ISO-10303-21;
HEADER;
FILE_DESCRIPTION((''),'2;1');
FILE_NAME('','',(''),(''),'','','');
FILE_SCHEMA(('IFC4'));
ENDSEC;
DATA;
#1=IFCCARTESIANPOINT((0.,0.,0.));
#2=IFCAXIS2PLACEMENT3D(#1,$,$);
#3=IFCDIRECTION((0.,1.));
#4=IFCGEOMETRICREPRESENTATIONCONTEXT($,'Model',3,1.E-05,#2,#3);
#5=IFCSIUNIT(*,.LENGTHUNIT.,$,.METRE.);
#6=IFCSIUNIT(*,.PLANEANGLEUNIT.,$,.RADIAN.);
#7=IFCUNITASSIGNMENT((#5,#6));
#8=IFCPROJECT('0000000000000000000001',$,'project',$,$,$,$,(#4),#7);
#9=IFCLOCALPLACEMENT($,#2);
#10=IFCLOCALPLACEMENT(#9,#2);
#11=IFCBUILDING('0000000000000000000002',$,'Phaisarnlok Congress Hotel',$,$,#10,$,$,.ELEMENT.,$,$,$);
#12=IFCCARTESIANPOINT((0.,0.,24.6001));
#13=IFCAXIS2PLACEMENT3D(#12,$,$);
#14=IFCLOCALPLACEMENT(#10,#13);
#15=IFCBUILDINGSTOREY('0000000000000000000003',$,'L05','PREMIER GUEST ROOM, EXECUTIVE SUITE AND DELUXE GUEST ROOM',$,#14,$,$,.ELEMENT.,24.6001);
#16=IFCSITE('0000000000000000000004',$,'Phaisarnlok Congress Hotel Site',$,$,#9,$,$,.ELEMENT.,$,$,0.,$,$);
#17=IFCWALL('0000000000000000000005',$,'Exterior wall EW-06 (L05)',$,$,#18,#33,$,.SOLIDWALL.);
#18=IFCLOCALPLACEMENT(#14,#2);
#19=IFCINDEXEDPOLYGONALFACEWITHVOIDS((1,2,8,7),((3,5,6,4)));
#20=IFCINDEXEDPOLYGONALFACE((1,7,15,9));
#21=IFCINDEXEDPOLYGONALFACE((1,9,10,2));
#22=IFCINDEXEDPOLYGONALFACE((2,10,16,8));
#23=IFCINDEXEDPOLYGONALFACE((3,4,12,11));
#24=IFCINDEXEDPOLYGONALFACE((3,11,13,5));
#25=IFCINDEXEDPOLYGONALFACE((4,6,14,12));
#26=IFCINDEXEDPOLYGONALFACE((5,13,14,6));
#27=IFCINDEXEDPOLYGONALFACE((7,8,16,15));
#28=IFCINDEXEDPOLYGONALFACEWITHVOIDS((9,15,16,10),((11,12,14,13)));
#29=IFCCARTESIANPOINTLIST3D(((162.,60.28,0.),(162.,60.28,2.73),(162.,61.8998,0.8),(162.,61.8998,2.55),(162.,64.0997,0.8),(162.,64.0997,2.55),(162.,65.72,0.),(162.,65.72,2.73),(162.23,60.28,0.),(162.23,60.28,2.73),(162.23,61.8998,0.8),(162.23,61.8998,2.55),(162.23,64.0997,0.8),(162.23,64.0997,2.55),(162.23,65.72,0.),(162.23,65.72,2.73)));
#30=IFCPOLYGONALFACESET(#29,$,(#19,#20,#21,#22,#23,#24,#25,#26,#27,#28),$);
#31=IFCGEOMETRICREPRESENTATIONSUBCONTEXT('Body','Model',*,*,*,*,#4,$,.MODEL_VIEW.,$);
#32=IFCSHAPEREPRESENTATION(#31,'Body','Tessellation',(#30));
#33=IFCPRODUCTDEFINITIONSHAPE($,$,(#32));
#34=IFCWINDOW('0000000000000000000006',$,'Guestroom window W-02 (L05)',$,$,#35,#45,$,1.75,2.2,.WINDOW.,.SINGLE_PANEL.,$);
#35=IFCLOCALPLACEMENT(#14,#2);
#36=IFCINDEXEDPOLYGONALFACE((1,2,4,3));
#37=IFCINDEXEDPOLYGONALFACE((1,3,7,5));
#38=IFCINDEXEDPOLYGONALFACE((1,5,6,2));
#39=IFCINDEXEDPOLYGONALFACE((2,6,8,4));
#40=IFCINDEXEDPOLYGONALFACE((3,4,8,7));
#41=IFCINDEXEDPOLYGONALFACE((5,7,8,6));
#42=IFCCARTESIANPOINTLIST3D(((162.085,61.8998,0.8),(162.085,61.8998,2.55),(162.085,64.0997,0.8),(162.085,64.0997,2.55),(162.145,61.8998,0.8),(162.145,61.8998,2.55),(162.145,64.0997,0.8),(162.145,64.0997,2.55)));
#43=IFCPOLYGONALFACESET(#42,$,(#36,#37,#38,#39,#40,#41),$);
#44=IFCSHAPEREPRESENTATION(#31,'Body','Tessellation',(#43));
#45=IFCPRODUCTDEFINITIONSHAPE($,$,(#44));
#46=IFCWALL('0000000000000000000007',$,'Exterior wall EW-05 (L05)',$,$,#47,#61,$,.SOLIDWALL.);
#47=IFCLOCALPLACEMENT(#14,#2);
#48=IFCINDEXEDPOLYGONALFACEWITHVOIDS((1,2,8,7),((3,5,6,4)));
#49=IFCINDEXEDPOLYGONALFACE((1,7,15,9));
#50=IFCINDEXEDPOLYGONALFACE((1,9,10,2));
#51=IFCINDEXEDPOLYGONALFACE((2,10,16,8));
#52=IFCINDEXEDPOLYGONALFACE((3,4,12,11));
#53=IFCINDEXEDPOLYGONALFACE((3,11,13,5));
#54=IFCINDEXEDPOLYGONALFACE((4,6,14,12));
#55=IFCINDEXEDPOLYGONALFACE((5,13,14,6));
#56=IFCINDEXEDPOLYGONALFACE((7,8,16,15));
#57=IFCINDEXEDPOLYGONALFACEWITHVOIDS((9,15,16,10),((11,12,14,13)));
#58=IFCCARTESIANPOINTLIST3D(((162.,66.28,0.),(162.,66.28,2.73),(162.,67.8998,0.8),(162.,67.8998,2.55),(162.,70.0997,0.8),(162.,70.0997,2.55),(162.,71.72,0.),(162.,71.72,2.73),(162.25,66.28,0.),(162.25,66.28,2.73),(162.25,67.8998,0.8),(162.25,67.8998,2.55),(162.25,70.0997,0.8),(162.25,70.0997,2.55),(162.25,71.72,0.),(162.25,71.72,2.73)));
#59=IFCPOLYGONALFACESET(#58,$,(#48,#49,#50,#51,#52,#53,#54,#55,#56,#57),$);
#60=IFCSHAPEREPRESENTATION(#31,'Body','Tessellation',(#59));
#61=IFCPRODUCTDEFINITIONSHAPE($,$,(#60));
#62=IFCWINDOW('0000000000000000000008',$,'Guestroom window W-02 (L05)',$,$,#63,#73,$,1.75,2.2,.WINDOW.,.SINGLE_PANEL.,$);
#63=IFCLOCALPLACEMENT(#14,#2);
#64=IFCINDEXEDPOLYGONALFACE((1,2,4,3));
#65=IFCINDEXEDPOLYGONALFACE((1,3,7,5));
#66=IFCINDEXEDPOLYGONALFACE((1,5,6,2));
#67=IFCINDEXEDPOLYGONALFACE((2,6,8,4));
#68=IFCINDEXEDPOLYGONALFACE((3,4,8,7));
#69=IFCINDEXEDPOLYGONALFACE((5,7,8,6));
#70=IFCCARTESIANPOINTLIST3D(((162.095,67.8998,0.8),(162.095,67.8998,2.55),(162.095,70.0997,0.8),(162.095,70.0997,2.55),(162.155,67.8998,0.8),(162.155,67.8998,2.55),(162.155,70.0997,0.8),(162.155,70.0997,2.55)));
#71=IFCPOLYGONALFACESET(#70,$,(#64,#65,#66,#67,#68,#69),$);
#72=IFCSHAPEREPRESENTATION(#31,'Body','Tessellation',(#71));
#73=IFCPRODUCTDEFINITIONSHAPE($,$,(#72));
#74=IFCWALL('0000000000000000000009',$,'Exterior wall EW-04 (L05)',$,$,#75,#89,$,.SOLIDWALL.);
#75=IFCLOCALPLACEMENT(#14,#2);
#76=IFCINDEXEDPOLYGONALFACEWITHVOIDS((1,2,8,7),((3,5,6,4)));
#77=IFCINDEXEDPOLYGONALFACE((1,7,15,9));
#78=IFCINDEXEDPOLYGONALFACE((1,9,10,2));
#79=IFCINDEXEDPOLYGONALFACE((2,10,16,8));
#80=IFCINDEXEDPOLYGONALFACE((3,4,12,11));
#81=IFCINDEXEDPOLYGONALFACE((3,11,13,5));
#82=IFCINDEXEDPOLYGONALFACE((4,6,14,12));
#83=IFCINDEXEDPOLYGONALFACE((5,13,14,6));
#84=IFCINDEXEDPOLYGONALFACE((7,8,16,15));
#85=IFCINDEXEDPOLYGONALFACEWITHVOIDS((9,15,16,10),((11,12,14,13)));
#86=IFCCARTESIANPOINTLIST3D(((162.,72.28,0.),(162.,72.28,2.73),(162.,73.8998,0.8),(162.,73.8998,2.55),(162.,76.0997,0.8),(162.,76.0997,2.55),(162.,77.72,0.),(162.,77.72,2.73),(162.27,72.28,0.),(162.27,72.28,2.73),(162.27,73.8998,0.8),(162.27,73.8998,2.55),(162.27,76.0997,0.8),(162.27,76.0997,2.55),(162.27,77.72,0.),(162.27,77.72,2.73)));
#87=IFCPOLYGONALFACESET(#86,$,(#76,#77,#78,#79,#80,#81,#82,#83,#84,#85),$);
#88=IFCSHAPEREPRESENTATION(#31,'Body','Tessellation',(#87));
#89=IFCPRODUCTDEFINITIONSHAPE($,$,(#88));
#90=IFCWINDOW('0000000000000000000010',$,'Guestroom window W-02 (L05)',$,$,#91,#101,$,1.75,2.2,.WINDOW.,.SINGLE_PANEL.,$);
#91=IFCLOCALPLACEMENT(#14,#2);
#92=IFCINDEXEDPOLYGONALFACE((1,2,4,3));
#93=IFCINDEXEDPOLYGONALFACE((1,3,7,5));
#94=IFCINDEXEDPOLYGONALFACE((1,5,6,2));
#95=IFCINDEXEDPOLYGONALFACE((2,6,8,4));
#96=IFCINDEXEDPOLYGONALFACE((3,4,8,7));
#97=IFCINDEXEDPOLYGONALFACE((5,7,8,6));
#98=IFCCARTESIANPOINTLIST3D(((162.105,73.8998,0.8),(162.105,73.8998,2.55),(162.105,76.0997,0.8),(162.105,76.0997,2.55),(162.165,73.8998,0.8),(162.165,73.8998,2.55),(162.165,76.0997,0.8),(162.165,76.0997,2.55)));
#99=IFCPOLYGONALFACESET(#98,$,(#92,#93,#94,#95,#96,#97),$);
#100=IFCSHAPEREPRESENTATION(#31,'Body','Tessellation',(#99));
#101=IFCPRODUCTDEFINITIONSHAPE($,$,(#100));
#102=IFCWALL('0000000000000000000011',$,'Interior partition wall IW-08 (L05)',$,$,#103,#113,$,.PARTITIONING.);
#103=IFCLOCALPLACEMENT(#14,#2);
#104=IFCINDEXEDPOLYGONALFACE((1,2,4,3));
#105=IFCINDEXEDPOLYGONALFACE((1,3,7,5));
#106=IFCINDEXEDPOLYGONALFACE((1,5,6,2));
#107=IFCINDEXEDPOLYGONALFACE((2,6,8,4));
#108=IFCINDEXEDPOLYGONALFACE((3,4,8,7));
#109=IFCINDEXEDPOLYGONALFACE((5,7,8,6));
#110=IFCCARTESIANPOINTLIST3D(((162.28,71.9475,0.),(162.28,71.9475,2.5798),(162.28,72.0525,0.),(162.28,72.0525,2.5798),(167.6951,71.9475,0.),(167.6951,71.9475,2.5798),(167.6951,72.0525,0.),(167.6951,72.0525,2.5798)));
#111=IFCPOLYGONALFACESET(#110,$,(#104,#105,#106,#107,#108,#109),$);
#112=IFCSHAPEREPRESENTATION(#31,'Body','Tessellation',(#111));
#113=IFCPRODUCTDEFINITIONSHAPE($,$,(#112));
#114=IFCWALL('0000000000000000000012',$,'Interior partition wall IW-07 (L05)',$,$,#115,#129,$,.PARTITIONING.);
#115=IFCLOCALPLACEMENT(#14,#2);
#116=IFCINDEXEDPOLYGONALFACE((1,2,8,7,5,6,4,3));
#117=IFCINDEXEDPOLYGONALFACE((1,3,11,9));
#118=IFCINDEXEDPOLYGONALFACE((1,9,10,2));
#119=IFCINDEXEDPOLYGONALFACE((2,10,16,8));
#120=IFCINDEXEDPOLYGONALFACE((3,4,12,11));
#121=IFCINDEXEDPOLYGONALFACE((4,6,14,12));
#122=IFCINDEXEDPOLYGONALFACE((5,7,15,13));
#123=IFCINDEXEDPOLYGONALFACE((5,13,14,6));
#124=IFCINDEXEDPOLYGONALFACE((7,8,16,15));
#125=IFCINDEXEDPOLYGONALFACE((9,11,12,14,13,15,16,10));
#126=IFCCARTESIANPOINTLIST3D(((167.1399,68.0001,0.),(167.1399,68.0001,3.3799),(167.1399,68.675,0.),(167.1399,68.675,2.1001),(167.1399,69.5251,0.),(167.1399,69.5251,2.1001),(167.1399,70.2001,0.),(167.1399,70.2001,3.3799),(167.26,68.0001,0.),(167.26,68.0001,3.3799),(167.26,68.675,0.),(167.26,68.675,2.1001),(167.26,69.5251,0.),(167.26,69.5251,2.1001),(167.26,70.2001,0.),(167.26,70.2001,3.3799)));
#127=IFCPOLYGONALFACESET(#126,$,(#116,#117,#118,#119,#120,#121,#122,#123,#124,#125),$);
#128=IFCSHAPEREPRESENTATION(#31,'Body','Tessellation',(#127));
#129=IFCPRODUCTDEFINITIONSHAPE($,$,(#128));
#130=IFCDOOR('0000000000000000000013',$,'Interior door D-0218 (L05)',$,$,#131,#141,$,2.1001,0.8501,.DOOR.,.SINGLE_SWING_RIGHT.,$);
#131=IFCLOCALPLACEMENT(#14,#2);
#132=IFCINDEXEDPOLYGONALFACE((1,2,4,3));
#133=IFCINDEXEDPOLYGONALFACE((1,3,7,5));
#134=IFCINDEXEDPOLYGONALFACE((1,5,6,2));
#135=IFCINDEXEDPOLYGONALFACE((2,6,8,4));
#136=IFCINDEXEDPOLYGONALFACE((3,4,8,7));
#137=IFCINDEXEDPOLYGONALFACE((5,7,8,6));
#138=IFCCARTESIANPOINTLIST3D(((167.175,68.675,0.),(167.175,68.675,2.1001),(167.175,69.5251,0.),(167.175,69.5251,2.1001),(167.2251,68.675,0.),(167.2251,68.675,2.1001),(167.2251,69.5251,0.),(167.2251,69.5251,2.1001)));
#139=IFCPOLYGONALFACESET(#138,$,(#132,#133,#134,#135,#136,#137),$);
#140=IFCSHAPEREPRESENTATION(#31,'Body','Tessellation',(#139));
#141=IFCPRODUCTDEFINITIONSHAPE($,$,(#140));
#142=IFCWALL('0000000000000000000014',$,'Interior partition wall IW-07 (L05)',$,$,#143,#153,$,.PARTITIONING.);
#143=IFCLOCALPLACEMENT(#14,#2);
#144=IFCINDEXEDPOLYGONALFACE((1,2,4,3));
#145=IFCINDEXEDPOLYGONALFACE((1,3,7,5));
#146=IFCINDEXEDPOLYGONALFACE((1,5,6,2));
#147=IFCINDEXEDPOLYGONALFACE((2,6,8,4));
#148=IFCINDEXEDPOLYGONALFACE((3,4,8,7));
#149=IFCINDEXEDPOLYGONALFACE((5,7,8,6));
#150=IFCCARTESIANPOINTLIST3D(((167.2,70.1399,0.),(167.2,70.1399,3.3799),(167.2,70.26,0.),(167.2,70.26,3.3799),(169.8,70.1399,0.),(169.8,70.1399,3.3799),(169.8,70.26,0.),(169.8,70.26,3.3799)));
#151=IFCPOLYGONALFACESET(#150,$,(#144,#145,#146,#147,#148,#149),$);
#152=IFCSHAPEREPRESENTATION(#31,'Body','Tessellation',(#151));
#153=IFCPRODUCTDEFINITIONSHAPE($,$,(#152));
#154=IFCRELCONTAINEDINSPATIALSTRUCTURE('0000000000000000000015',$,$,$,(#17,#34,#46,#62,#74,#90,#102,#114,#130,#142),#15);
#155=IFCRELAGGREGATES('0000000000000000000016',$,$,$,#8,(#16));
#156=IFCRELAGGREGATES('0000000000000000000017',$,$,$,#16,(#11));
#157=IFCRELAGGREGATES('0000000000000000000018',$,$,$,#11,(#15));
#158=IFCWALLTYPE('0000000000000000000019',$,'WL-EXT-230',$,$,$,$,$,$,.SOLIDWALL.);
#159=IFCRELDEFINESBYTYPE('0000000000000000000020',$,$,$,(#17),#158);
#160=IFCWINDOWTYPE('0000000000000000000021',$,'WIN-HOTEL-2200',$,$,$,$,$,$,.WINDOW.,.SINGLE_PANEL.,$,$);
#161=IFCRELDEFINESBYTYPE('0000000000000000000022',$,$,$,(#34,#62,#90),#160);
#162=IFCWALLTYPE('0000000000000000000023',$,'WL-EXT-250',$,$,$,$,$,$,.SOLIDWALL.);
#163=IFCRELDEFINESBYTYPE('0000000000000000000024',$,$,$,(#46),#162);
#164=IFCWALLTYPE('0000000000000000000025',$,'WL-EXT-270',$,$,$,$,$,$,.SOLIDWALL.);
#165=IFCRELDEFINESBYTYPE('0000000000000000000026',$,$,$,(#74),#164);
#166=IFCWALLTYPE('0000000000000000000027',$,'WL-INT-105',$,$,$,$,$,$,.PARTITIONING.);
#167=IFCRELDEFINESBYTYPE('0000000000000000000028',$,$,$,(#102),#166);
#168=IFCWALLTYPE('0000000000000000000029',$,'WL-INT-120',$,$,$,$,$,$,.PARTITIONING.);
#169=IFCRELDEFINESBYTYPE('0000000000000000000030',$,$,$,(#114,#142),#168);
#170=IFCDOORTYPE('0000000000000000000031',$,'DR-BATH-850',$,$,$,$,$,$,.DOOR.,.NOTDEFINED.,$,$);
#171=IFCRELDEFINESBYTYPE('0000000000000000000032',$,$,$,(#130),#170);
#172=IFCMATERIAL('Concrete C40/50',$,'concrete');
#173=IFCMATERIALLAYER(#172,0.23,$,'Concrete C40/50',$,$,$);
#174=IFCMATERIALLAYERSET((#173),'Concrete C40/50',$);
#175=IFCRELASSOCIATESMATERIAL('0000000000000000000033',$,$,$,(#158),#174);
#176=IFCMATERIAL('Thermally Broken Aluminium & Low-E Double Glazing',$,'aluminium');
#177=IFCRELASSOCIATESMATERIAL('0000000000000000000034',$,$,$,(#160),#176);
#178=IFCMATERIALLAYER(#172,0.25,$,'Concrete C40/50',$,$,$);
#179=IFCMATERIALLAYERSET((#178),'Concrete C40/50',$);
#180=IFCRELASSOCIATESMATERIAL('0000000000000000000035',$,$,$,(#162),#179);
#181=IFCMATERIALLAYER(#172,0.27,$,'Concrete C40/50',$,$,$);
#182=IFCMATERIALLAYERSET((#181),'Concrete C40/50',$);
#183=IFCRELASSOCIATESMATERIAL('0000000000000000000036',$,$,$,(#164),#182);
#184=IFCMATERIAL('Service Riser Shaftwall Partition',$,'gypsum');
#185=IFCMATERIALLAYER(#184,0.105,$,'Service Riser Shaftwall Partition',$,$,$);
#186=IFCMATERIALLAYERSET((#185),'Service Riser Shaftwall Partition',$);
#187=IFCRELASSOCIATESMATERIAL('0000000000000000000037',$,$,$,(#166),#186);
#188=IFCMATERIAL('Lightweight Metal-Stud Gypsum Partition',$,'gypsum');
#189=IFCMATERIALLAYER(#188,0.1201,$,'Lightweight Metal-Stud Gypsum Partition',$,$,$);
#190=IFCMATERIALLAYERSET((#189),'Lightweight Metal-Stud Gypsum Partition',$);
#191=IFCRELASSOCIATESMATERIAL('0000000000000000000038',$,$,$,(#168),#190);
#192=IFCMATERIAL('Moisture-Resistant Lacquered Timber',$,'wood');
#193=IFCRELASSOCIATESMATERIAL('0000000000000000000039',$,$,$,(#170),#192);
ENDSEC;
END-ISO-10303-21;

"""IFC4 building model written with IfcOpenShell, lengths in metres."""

from ifc_helpers import new_model, si_unit, direction, frame, frame_2d, origin, place, context, subcontext, project, spatial, rectangle, extrude, material, layer, layer_set, type_object, element, fill, save


model = new_model("IFC4")

# Units and contexts
model_context = context("Model", 3, precision=1e-05, world=origin(), true_north=direction((0.0, 1.0)))
body_context = subcontext(model_context, "Body", "Model", "MODEL_VIEW")
ifc_project = project(units=[si_unit("LENGTHUNIT", "METRE"), si_unit("PLANEANGLEUNIT", "RADIAN")], contexts=[model_context])

# Site, building, storey
site_placement = place(None, origin())
site = spatial("IfcSite", under=ifc_project, at=site_placement, Name="Phaisarnlok Congress Hotel Site", CompositionType="ELEMENT", RefElevation=0.0)
building_placement = place(site_placement, origin())
building = spatial("IfcBuilding", under=site, at=building_placement, Name="Phaisarnlok Congress Hotel", CompositionType="ELEMENT")
storey_placement = place(building_placement, frame((0.0, 0.0, 24.6001)))
storey = spatial("IfcBuildingStorey", under=building, at=storey_placement, Name="L05", Description="PREMIER GUEST ROOM, EXECUTIVE SUITE AND DELUXE GUEST ROOM", CompositionType="ELEMENT", Elevation=24.6001)

# Shared definitions
ifc_material_1 = material(Name="Concrete C40/50", Category="concrete")

# Walls, openings, windows
ifc_layer_1 = layer(ifc_material_1, 0.23, Name="Concrete C40/50")
ifc_layer_set_1 = layer_set([ifc_layer_1], Name="Concrete C40/50")
wall_type_1 = type_object("IfcWallType", Name="WL-EXT-230", PredefinedType="SOLIDWALL", material=ifc_layer_set_1)
wall_1_placement = place(storey_placement, frame((162.115, 65.72, 0.0), z_axis=(0.0, 0.0, 1.0), x_axis=(0.0, -1.0, 0.0)))
wall_1 = element("IfcWall", 1, at=wall_1_placement, inside=storey, type_object=wall_type_1, Name="Exterior wall EW-06 (L05)", PredefinedType="SOLIDWALL", context=body_context, shape_type="SweptSolid", body=[
    extrude(rectangle(XDim=5.4399, YDim=0.23, at=frame_2d((2.72, 0.0))), origin(), (0.0, 0.0, 1.0), 2.73),
])
opening_1_placement = place(wall_1_placement, frame((1.6201, 0.0, 0.8)))
opening_1 = element("IfcOpeningElement", 2, at=opening_1_placement, cuts=wall_1, PredefinedType="OPENING", context=body_context, shape_type="SweptSolid", body=[
    extrude(rectangle(XDim=2.2, YDim=1.75, at=frame_2d((1.1001, 0.875))), frame((0.0, 0.125, 0.0), z_axis=(0.0, -1.0, 0.0), x_axis=(1.0, 0.0, 0.0)), (0.0, 0.0, 1.0), 0.25),
])
ifc_material_2 = material(Name="Thermally Broken Aluminium & Low-E Double Glazing", Category="aluminium")
window_type = type_object("IfcWindowType", Name="WIN-HOTEL-2200", PartitioningType="SINGLE_PANEL", PredefinedType="WINDOW", material=ifc_material_2)
window_1_placement = place(opening_1_placement, origin())
window_1 = element("IfcWindow", 3, at=window_1_placement, inside=storey, type_object=window_type, Name="Guestroom window W-02 (L05)", OverallHeight=1.75, OverallWidth=2.2, PartitioningType="SINGLE_PANEL", PredefinedType="WINDOW", context=body_context, shape_type="SweptSolid", body=[
    extrude(rectangle(XDim=2.2, YDim=1.75, at=frame_2d((1.1001, 0.875))), frame((0.0, 0.03, 0.0), z_axis=(0.0, -1.0, 0.0), x_axis=(1.0, 0.0, 0.0)), (0.0, 0.0, 1.0), 0.0601),
])
fill(opening_1, window_1)
ifc_layer_2 = layer(ifc_material_1, 0.25, Name="Concrete C40/50")
ifc_layer_set_2 = layer_set([ifc_layer_2], Name="Concrete C40/50")
wall_type_2 = type_object("IfcWallType", Name="WL-EXT-250", PredefinedType="SOLIDWALL", material=ifc_layer_set_2)
wall_2_placement = place(storey_placement, frame((162.125, 71.72, 0.0), z_axis=(0.0, 0.0, 1.0), x_axis=(0.0, -1.0, 0.0)))
wall_2 = element("IfcWall", 4, at=wall_2_placement, inside=storey, type_object=wall_type_2, Name="Exterior wall EW-05 (L05)", PredefinedType="SOLIDWALL", context=body_context, shape_type="SweptSolid", body=[
    extrude(rectangle(XDim=5.4399, YDim=0.25, at=frame_2d((2.72, 0.0))), origin(), (0.0, 0.0, 1.0), 2.73),
])
opening_2_placement = place(wall_2_placement, frame((1.6201, 0.0, 0.8)))
opening_2 = element("IfcOpeningElement", 5, at=opening_2_placement, cuts=wall_2, PredefinedType="OPENING", context=body_context, shape_type="SweptSolid", body=[
    extrude(rectangle(XDim=2.2, YDim=1.75, at=frame_2d((1.1001, 0.875))), frame((0.0, 0.135, 0.0), z_axis=(0.0, -1.0, 0.0), x_axis=(1.0, 0.0, 0.0)), (0.0, 0.0, 1.0), 0.27),
])
window_2_placement = place(opening_2_placement, origin())
window_2 = element("IfcWindow", 6, at=window_2_placement, inside=storey, type_object=window_type, Name="Guestroom window W-02 (L05)", OverallHeight=1.75, OverallWidth=2.2, PartitioningType="SINGLE_PANEL", PredefinedType="WINDOW", context=body_context, shape_type="SweptSolid", body=[
    extrude(rectangle(XDim=2.2, YDim=1.75, at=frame_2d((1.1001, 0.875))), frame((0.0, 0.03, 0.0), z_axis=(0.0, -1.0, 0.0), x_axis=(1.0, 0.0, 0.0)), (0.0, 0.0, 1.0), 0.0601),
])
fill(opening_2, window_2)
ifc_layer_3 = layer(ifc_material_1, 0.27, Name="Concrete C40/50")
ifc_layer_set_3 = layer_set([ifc_layer_3], Name="Concrete C40/50")
wall_type_3 = type_object("IfcWallType", Name="WL-EXT-270", PredefinedType="SOLIDWALL", material=ifc_layer_set_3)
wall_3_placement = place(storey_placement, frame((162.135, 77.72, 0.0), z_axis=(0.0, 0.0, 1.0), x_axis=(0.0, -1.0, 0.0)))
wall_3 = element("IfcWall", 7, at=wall_3_placement, inside=storey, type_object=wall_type_3, Name="Exterior wall EW-04 (L05)", PredefinedType="SOLIDWALL", context=body_context, shape_type="SweptSolid", body=[
    extrude(rectangle(XDim=5.4399, YDim=0.27, at=frame_2d((2.72, 0.0))), origin(), (0.0, 0.0, 1.0), 2.73),
])
opening_3_placement = place(wall_3_placement, frame((1.6201, 0.0, 0.8)))
opening_3 = element("IfcOpeningElement", 8, at=opening_3_placement, cuts=wall_3, PredefinedType="OPENING", context=body_context, shape_type="SweptSolid", body=[
    extrude(rectangle(XDim=2.2, YDim=1.75, at=frame_2d((1.1001, 0.875))), frame((0.0, 0.145, 0.0), z_axis=(0.0, -1.0, 0.0), x_axis=(1.0, 0.0, 0.0)), (0.0, 0.0, 1.0), 0.29),
])
window_3_placement = place(opening_3_placement, origin())
window_3 = element("IfcWindow", 9, at=window_3_placement, inside=storey, type_object=window_type, Name="Guestroom window W-02 (L05)", OverallHeight=1.75, OverallWidth=2.2, PartitioningType="SINGLE_PANEL", PredefinedType="WINDOW", context=body_context, shape_type="SweptSolid", body=[
    extrude(rectangle(XDim=2.2, YDim=1.75, at=frame_2d((1.1001, 0.875))), frame((0.0, 0.03, 0.0), z_axis=(0.0, -1.0, 0.0), x_axis=(1.0, 0.0, 0.0)), (0.0, 0.0, 1.0), 0.0601),
])
fill(opening_3, window_3)

# Wall
ifc_material_3 = material(Name="Service Riser Shaftwall Partition", Category="gypsum")
ifc_layer_4 = layer(ifc_material_3, 0.105, Name="Service Riser Shaftwall Partition")
ifc_layer_set_4 = layer_set([ifc_layer_4], Name="Service Riser Shaftwall Partition")
wall_type_4 = type_object("IfcWallType", Name="WL-INT-105", PredefinedType="PARTITIONING", material=ifc_layer_set_4)
wall_4_placement = place(storey_placement, frame((162.28, 72.0, 0.0), z_axis=(0.0, 0.0, 1.0), x_axis=(1.0, 0.0, 0.0)))
element("IfcWall", 10, at=wall_4_placement, inside=storey, type_object=wall_type_4, Name="Interior partition wall IW-08 (L05)", PredefinedType="PARTITIONING", context=body_context, shape_type="SweptSolid", body=[
    extrude(rectangle(XDim=5.415, YDim=0.105, at=frame_2d((2.7075, 0.0))), origin(), (0.0, 0.0, 1.0), 2.5798),
])

# Wall, opening, door
ifc_material_4 = material(Name="Lightweight Metal-Stud Gypsum Partition", Category="gypsum")
ifc_layer_5 = layer(ifc_material_4, 0.1201, Name="Lightweight Metal-Stud Gypsum Partition")
ifc_layer_set_5 = layer_set([ifc_layer_5], Name="Lightweight Metal-Stud Gypsum Partition")
wall_type_5 = type_object("IfcWallType", Name="WL-INT-120", PredefinedType="PARTITIONING", material=ifc_layer_set_5)
wall_5_placement = place(storey_placement, frame((167.2, 68.0, 0.0), z_axis=(0.0, 0.0, 1.0), x_axis=(0.0, 1.0, 0.0)))
wall_5 = element("IfcWall", 11, at=wall_5_placement, inside=storey, type_object=wall_type_5, Name="Interior partition wall IW-07 (L05)", PredefinedType="PARTITIONING", context=body_context, shape_type="SweptSolid", body=[
    extrude(rectangle(XDim=2.2, YDim=0.1201, at=frame_2d((1.1001, 0.0))), origin(), (0.0, 0.0, 1.0), 3.3799),
])
opening_4_placement = place(wall_5_placement, frame((0.675, 0.0, 0.0)))
opening_4 = element("IfcOpeningElement", 12, at=opening_4_placement, cuts=wall_5, PredefinedType="OPENING", context=body_context, shape_type="SweptSolid", body=[
    extrude(rectangle(XDim=0.8501, YDim=2.1001, at=frame_2d((0.425, 1.05))), frame((0.0, 0.0701, 0.0), z_axis=(0.0, -1.0, 0.0), x_axis=(1.0, 0.0, 0.0)), (0.0, 0.0, 1.0), 0.1401),
])
ifc_material_5 = material(Name="Moisture-Resistant Lacquered Timber", Category="wood")
door_type = type_object("IfcDoorType", Name="DR-BATH-850", OperationType="NOTDEFINED", PredefinedType="DOOR", material=ifc_material_5)
door_1_placement = place(opening_4_placement, origin())
door_1 = element("IfcDoor", 13, at=door_1_placement, inside=storey, type_object=door_type, Name="Interior door D-0218 (L05)", OperationType="SINGLE_SWING_RIGHT", OverallHeight=2.1001, OverallWidth=0.8501, PredefinedType="DOOR", context=body_context, shape_type="SweptSolid", body=[
    extrude(rectangle(XDim=0.8501, YDim=2.1001, at=frame_2d((0.425, 1.05))), frame((0.0, 0.0249, 0.0), z_axis=(0.0, -1.0, 0.0), x_axis=(1.0, 0.0, 0.0)), (0.0, 0.0, 1.0), 0.05),
])
fill(opening_4, door_1)

# Wall
wall_6_placement = place(storey_placement, frame((167.2, 70.2, 0.0), z_axis=(0.0, 0.0, 1.0), x_axis=(1.0, 0.0, 0.0)))
element("IfcWall", 14, at=wall_6_placement, inside=storey, type_object=wall_type_5, Name="Interior partition wall IW-07 (L05)", PredefinedType="PARTITIONING", context=body_context, shape_type="SweptSolid", body=[
    extrude(rectangle(XDim=2.6001, YDim=0.1201, at=frame_2d((1.3, 0.0))), origin(), (0.0, 0.0, 1.0), 3.3799),
])

save(model, "model.ifc")
